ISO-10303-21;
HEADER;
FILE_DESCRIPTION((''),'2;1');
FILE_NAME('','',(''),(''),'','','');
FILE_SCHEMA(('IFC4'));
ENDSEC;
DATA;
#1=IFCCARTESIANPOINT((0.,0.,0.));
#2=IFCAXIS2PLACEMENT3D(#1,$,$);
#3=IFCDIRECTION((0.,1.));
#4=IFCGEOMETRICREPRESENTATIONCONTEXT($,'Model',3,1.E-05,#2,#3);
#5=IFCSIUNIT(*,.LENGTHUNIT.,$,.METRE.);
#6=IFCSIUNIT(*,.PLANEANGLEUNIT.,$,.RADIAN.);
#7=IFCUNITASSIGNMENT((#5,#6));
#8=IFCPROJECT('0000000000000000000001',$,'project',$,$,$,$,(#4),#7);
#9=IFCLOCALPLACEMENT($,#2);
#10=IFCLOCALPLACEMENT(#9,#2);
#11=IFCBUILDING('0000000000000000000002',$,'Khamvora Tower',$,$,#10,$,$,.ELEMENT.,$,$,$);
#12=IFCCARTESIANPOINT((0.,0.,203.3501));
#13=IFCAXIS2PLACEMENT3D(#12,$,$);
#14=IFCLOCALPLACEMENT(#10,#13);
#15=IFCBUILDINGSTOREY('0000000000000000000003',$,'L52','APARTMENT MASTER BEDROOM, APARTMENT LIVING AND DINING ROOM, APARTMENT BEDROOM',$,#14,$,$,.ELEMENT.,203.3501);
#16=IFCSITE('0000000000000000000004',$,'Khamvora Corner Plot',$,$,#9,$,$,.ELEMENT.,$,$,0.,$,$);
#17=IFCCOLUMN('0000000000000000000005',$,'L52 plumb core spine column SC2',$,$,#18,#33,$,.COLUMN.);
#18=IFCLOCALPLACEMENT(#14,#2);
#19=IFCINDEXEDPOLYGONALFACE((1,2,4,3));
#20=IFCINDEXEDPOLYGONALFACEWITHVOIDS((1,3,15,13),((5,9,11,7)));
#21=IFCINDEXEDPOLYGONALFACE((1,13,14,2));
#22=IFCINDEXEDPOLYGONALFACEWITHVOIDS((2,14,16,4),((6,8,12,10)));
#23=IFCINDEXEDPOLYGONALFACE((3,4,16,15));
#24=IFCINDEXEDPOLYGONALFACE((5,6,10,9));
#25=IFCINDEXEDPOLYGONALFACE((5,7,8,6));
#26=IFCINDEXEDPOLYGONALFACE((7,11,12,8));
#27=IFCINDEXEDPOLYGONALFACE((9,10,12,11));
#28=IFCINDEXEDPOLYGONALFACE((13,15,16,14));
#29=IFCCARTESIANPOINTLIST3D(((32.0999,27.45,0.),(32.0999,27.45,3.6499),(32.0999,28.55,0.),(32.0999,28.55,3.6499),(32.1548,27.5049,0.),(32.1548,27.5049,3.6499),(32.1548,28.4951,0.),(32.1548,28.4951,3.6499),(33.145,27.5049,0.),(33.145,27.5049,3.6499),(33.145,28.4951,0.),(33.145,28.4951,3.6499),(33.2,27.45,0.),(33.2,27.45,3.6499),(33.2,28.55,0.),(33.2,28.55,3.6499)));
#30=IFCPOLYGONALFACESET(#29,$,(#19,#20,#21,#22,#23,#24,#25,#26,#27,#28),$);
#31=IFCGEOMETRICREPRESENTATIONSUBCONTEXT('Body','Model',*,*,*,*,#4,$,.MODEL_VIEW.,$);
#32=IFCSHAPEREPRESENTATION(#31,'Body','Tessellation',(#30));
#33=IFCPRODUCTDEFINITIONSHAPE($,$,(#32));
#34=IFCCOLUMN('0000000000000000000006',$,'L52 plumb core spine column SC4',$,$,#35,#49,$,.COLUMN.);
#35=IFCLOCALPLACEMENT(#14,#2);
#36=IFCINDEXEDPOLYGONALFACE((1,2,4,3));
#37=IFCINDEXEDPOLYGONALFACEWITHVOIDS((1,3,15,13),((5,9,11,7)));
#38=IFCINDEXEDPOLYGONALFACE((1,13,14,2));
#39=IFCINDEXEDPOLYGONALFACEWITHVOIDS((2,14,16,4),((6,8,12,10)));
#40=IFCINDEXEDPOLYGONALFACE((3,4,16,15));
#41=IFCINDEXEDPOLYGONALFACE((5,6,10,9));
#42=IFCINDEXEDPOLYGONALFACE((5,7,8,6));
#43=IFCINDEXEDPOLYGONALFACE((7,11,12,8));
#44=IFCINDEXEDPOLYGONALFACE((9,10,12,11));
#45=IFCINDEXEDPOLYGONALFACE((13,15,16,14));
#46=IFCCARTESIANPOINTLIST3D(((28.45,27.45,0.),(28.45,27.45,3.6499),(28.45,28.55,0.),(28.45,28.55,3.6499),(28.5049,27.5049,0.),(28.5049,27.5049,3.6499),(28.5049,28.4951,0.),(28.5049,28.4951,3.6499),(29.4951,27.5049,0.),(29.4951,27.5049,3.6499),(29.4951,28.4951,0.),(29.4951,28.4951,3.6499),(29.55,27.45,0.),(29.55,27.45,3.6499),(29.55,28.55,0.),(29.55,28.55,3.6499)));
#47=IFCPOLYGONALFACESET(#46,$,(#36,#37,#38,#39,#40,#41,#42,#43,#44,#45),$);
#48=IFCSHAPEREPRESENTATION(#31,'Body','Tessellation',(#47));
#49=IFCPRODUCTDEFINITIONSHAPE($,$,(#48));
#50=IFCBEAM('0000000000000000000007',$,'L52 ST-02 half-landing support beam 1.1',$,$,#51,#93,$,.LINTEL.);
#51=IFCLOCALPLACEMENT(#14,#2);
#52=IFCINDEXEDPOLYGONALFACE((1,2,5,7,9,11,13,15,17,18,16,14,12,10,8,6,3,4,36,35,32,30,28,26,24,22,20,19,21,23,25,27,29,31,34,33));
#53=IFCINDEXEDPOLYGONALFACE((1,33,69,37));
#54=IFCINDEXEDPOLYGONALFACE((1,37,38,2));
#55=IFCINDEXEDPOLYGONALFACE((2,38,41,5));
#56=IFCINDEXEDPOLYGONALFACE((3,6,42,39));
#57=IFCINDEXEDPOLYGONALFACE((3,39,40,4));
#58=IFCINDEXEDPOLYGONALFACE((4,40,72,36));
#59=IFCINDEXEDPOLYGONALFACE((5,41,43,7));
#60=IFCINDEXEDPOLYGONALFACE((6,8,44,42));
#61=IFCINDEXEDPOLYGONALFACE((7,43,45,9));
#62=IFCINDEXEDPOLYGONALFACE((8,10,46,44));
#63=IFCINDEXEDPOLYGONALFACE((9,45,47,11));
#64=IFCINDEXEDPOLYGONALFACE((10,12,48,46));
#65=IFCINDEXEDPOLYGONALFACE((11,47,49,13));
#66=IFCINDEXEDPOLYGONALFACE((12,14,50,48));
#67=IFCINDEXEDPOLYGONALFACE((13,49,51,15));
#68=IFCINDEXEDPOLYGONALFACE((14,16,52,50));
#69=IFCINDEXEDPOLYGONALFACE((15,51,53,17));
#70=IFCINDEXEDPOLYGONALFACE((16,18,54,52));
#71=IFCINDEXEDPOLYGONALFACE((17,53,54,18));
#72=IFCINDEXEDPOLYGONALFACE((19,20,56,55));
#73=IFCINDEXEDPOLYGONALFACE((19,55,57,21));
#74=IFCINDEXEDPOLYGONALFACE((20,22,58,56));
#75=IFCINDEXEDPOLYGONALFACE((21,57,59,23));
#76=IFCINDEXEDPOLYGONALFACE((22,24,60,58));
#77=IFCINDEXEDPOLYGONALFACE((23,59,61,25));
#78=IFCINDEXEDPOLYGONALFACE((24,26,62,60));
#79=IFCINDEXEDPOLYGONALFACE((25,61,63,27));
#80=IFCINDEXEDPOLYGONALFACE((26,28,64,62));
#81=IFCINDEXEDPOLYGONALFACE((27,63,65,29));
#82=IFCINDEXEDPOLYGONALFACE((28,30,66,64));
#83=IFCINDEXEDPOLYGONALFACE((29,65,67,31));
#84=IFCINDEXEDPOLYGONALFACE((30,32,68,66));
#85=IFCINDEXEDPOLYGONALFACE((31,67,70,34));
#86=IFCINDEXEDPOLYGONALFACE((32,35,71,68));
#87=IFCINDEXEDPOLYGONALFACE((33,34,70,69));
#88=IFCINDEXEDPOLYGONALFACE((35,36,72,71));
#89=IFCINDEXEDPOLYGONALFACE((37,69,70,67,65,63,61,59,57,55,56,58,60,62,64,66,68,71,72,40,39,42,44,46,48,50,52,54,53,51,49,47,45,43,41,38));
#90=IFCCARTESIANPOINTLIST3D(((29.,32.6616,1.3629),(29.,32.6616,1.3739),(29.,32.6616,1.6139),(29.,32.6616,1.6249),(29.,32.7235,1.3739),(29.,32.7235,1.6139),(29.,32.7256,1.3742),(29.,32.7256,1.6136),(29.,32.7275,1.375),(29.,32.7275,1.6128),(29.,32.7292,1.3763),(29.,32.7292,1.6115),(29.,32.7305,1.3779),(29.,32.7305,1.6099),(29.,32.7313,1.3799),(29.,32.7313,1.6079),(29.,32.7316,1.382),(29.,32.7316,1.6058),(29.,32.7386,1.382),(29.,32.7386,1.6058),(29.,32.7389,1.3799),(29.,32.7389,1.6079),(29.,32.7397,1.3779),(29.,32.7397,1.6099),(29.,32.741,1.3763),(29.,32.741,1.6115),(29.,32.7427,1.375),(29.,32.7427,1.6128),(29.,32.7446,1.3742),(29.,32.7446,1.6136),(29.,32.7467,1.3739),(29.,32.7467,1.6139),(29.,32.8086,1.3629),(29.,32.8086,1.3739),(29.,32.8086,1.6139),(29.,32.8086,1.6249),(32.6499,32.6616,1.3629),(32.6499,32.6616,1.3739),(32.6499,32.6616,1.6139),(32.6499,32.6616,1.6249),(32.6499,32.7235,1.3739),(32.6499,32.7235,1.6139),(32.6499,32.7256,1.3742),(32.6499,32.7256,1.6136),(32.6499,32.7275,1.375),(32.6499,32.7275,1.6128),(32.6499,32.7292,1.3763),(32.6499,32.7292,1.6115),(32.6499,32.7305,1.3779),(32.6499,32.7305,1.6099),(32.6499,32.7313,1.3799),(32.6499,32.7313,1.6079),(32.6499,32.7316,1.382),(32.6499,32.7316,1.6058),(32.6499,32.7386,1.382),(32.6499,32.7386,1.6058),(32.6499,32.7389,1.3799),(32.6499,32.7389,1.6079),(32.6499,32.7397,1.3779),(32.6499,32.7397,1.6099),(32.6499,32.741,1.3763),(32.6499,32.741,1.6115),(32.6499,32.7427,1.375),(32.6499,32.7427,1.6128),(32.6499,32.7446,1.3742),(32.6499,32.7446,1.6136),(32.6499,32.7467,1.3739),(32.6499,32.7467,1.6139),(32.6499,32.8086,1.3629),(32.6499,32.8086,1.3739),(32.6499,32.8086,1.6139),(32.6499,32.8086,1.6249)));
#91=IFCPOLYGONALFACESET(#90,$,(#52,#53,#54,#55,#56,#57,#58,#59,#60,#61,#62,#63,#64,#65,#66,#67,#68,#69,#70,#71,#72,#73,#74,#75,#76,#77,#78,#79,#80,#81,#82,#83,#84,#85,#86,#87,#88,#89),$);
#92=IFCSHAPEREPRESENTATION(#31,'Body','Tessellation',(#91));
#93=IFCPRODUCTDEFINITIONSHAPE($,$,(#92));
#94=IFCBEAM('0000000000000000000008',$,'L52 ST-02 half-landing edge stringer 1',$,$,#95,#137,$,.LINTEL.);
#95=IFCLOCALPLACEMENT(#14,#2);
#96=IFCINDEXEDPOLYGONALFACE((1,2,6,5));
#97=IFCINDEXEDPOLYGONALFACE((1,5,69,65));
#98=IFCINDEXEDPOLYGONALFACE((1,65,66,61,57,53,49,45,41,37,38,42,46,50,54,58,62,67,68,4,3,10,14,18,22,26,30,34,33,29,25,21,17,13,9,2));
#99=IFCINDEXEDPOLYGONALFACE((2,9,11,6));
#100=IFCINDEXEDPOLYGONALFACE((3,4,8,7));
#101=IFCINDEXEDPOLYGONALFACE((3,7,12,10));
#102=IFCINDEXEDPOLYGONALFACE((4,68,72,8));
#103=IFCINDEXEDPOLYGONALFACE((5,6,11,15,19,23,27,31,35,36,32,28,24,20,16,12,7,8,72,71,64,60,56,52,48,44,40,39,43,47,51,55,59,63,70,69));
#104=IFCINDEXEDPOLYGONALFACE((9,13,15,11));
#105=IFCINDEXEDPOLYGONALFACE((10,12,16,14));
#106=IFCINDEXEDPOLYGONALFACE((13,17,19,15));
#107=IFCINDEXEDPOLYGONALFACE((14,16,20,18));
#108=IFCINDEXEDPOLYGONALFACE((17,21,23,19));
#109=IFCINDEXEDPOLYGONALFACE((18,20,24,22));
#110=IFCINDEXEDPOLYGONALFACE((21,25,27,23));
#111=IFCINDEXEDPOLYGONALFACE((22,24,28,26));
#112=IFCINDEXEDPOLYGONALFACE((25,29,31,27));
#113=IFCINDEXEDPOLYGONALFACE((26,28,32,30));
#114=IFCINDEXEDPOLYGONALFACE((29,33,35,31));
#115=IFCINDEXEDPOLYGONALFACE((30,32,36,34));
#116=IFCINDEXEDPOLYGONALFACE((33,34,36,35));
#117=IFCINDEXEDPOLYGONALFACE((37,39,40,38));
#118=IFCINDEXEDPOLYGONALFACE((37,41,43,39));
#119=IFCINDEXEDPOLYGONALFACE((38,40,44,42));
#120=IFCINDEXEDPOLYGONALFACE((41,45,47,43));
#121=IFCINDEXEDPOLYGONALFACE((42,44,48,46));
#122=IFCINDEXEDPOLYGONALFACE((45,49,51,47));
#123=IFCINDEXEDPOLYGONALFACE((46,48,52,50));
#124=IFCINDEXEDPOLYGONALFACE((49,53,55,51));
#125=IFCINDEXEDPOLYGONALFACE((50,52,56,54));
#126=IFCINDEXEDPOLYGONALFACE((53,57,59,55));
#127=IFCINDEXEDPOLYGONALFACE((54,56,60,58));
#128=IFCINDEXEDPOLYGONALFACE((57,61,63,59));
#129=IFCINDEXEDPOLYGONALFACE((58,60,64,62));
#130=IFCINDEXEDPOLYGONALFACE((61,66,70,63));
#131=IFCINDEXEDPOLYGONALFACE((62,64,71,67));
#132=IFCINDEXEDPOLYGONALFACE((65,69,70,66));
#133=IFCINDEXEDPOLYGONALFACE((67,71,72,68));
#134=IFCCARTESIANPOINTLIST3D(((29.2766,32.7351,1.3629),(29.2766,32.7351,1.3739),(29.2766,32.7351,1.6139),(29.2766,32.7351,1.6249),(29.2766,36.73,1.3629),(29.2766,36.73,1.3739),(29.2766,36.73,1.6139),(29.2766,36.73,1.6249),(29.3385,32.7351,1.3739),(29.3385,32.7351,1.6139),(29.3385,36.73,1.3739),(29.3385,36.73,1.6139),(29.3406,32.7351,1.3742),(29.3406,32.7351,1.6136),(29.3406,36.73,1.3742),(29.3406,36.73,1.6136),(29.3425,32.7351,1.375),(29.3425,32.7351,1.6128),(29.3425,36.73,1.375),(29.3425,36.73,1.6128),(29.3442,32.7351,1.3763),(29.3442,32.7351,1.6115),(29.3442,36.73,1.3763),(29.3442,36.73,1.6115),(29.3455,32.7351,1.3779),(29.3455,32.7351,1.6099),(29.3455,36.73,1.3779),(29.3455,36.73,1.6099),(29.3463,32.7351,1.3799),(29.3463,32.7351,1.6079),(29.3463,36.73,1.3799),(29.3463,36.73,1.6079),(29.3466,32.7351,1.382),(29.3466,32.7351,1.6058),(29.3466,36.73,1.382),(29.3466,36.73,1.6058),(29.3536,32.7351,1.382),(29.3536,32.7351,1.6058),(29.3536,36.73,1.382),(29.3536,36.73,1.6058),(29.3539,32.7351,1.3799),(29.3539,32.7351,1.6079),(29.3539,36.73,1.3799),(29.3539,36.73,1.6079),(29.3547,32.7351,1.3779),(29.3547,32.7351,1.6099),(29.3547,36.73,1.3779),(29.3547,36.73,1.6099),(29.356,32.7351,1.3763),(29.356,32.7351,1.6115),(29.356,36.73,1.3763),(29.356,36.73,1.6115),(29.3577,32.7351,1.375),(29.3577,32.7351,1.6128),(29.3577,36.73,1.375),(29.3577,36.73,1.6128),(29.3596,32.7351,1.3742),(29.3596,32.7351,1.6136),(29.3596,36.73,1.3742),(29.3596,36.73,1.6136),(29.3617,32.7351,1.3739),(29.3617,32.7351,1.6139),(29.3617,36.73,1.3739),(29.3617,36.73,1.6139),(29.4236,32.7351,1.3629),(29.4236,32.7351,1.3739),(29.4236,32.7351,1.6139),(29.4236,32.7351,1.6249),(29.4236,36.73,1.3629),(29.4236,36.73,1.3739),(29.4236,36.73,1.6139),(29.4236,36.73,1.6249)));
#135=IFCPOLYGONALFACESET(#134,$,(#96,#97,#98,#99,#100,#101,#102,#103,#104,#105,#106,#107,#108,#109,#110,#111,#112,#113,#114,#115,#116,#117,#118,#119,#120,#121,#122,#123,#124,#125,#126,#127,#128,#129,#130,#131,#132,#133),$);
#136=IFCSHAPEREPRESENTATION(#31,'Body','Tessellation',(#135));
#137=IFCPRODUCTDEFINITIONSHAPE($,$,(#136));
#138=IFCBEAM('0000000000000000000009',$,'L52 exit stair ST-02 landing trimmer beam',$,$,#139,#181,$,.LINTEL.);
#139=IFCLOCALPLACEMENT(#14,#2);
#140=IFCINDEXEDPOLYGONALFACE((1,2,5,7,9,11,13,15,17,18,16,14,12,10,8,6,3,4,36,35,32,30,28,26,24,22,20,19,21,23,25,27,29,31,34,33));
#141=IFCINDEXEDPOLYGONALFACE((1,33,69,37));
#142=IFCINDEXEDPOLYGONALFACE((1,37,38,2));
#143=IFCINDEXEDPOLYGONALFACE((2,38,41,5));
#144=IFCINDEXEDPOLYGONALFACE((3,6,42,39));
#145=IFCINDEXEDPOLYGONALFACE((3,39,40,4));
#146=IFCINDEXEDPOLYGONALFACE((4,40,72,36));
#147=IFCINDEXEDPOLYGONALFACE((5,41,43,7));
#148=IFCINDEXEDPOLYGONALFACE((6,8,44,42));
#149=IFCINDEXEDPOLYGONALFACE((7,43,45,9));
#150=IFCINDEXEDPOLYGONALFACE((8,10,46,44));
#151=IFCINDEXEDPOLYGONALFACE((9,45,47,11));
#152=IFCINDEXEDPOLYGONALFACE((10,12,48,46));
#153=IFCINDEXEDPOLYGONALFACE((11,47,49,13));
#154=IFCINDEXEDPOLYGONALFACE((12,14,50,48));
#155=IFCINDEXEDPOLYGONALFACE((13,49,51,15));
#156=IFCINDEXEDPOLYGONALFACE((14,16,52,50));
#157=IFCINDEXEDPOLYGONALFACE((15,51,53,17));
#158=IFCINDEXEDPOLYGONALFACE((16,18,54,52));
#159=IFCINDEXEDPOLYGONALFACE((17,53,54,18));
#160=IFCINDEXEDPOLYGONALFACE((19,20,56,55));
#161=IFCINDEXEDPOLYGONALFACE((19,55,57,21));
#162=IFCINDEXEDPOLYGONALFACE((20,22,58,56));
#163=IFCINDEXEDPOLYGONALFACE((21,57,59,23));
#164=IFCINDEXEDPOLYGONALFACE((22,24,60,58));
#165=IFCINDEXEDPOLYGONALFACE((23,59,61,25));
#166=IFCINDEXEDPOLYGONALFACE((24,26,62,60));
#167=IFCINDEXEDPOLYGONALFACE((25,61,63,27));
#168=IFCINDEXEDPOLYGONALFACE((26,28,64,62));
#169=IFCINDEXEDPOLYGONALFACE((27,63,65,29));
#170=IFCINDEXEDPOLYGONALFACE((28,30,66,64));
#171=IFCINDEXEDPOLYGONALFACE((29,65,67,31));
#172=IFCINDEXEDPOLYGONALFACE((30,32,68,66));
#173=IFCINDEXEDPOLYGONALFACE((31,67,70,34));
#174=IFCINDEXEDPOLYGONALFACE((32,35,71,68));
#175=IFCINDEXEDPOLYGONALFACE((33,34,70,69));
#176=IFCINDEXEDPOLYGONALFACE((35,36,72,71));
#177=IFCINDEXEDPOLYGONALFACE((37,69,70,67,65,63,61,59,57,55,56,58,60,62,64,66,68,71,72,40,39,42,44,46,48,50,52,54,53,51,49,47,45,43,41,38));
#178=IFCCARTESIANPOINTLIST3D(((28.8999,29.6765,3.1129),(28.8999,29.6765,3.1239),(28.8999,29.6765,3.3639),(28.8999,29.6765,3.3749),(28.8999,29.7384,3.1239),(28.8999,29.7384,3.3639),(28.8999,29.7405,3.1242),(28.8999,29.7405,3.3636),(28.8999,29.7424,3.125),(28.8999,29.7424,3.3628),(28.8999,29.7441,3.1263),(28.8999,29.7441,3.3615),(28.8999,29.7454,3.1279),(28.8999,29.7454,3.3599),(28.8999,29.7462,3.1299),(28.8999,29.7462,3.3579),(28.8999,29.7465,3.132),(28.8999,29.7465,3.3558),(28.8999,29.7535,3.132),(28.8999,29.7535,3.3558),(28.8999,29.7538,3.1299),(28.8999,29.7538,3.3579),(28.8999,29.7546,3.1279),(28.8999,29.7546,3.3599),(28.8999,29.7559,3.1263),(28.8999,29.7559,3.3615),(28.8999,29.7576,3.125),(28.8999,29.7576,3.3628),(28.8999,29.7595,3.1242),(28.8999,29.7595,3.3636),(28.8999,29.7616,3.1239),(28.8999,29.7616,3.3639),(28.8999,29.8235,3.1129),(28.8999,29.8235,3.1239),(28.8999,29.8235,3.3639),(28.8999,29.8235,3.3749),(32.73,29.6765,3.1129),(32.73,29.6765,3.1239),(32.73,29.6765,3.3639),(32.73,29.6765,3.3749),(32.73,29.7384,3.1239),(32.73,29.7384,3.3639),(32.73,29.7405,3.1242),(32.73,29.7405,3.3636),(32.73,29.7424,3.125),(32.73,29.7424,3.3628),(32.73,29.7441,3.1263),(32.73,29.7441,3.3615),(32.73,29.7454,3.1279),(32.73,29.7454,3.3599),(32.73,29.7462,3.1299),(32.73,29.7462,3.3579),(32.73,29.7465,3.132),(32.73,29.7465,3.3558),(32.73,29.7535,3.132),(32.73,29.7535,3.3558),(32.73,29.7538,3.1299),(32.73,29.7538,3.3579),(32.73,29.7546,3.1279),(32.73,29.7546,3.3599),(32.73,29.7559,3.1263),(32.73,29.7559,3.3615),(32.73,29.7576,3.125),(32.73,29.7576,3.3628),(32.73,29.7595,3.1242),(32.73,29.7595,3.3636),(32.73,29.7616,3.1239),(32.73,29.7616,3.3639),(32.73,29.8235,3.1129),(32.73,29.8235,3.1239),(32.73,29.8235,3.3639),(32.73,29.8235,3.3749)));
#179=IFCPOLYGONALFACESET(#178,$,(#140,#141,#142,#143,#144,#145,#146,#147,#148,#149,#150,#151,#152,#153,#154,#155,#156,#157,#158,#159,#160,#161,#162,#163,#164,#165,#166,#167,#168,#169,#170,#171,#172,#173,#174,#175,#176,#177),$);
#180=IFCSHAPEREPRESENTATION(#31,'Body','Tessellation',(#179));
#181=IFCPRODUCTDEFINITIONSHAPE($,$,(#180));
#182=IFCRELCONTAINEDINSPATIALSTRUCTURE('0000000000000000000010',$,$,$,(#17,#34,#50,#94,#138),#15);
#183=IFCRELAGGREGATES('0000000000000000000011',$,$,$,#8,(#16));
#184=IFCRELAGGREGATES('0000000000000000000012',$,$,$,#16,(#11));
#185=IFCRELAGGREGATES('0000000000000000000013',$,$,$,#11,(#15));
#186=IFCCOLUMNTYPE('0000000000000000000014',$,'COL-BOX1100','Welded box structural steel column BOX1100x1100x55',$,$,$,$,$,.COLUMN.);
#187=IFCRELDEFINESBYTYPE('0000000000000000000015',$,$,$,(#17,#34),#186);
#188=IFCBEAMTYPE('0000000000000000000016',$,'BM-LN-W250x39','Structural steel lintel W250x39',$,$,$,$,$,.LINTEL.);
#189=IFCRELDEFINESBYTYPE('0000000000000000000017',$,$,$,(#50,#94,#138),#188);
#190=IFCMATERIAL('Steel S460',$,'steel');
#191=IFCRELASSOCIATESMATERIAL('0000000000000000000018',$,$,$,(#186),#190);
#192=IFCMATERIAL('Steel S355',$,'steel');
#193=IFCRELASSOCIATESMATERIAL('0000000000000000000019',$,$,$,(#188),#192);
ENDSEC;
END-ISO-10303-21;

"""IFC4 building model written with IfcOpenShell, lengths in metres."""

from ifc_helpers import new_model, si_unit, direction, frame, origin, origin_2d, place, context, subcontext, project, spatial, hollow_rectangle, i_section, extrude, material, material_profile, profile_set, type_object, element, save


model = new_model("IFC4")

# Units and contexts
model_context = context("Model", 3, precision=1e-05, world=origin(), true_north=direction((0.0, 1.0)))
body_context = subcontext(model_context, "Body", "Model", "MODEL_VIEW")
ifc_project = project(units=[si_unit("LENGTHUNIT", "METRE"), si_unit("PLANEANGLEUNIT", "RADIAN")], contexts=[model_context])

# Site, building, storey
site_placement = place(None, origin())
site = spatial("IfcSite", under=ifc_project, at=site_placement, Name="Khamvora Corner Plot", CompositionType="ELEMENT", RefElevation=0.0)
building_placement = place(site_placement, origin())
building = spatial("IfcBuilding", under=site, at=building_placement, Name="Khamvora Tower", CompositionType="ELEMENT")
storey_placement = place(building_placement, frame((0.0, 0.0, 203.3501)))
storey = spatial("IfcBuildingStorey", under=building, at=storey_placement, Name="L52", Description="APARTMENT MASTER BEDROOM, APARTMENT LIVING AND DINING ROOM, APARTMENT BEDROOM", CompositionType="ELEMENT", Elevation=203.3501)

# Columns
ifc_material_1 = material(Name="Steel S460", Category="steel")
ifc_material_profile_1 = material_profile(ifc_material_1, hollow_rectangle(XDim=1.1001, YDim=1.1001, WallThickness=0.0549, at=origin_2d()), Name="BOX1100x1100x55")
ifc_profile_set_1 = profile_set([ifc_material_profile_1], Name="Steel S460")
column_type = type_object("IfcColumnType", Name="COL-BOX1100", Description="Welded box structural steel column BOX1100x1100x55", PredefinedType="COLUMN", material=ifc_profile_set_1)
for number, where, z_axis, x_axis, name in (
    (1, (32.6499, 28.0, 0.0), (0.0, 0.0, 1.0), (1.0, 0.0, 0.0), "L52 plumb core spine column SC2"),
    (2, (29.0, 28.0, 0.0), (0.0, 0.0, 1.0), (1.0, 0.0, 0.0), "L52 plumb core spine column SC4"),
):
    element("IfcColumn", number, at=place(storey_placement, frame(where, z_axis=z_axis, x_axis=x_axis)), inside=storey, type_object=column_type, Name=name, PredefinedType="COLUMN", context=body_context, shape_type="SweptSolid", body=[
        extrude(hollow_rectangle(XDim=1.1001, YDim=1.1001, WallThickness=0.0549, at=origin_2d()), origin(), (0.0, 0.0, 1.0), 3.6499),
    ])

# Beams
ifc_material_2 = material(Name="Steel S355", Category="steel")
ifc_material_profile_2 = material_profile(ifc_material_2, i_section(OverallWidth=0.147, OverallDepth=0.262, WebThickness=0.0071, FlangeThickness=0.011, FilletRadius=0.0081, at=origin_2d()), Name="W250x39")
ifc_profile_set_2 = profile_set([ifc_material_profile_2], Name="Steel S355")
beam_type_1 = type_object("IfcBeamType", Name="BM-LN-W250x39", Description="Structural steel lintel W250x39", PredefinedType="LINTEL", material=ifc_profile_set_2)
beam_1_placement = place(storey_placement, frame((29.0, 32.7351, 1.4939), z_axis=(1.0, 0.0, 0.0), x_axis=(0.0, 1.0, 0.0)))
element("IfcBeam", 3, at=beam_1_placement, inside=storey, type_object=beam_type_1, Name="L52 ST-02 half-landing support beam 1.1", PredefinedType="LINTEL", context=body_context, shape_type="SweptSolid", body=[
    extrude(i_section(OverallWidth=0.147, OverallDepth=0.262, WebThickness=0.0071, FlangeThickness=0.011, FilletRadius=0.0081, at=origin_2d()), origin(), (0.0, 0.0, 1.0), 3.6499),
])
beam_2_placement = place(storey_placement, frame((29.3501, 32.7351, 1.4939), z_axis=(0.0, 1.0, 0.0), x_axis=(-1.0, 0.0, 0.0)))
element("IfcBeam", 4, at=beam_2_placement, inside=storey, type_object=beam_type_1, Name="L52 ST-02 half-landing edge stringer 1", PredefinedType="LINTEL", context=body_context, shape_type="SweptSolid", body=[
    extrude(i_section(OverallWidth=0.147, OverallDepth=0.262, WebThickness=0.0071, FlangeThickness=0.011, FilletRadius=0.0081, at=origin_2d()), origin(), (0.0, 0.0, 1.0), 3.9949),
])
beam_3_placement = place(storey_placement, frame((28.8999, 29.75, 3.2439), z_axis=(1.0, 0.0, 0.0), x_axis=(0.0, 1.0, 0.0)))
element("IfcBeam", 5, at=beam_3_placement, inside=storey, type_object=beam_type_1, Name="L52 exit stair ST-02 landing trimmer beam", PredefinedType="LINTEL", context=body_context, shape_type="SweptSolid", body=[
    extrude(i_section(OverallWidth=0.147, OverallDepth=0.262, WebThickness=0.0071, FlangeThickness=0.011, FilletRadius=0.0081, at=origin_2d()), origin(), (0.0, 0.0, 1.0), 3.8301),
])

save(model, "model.ifc")
